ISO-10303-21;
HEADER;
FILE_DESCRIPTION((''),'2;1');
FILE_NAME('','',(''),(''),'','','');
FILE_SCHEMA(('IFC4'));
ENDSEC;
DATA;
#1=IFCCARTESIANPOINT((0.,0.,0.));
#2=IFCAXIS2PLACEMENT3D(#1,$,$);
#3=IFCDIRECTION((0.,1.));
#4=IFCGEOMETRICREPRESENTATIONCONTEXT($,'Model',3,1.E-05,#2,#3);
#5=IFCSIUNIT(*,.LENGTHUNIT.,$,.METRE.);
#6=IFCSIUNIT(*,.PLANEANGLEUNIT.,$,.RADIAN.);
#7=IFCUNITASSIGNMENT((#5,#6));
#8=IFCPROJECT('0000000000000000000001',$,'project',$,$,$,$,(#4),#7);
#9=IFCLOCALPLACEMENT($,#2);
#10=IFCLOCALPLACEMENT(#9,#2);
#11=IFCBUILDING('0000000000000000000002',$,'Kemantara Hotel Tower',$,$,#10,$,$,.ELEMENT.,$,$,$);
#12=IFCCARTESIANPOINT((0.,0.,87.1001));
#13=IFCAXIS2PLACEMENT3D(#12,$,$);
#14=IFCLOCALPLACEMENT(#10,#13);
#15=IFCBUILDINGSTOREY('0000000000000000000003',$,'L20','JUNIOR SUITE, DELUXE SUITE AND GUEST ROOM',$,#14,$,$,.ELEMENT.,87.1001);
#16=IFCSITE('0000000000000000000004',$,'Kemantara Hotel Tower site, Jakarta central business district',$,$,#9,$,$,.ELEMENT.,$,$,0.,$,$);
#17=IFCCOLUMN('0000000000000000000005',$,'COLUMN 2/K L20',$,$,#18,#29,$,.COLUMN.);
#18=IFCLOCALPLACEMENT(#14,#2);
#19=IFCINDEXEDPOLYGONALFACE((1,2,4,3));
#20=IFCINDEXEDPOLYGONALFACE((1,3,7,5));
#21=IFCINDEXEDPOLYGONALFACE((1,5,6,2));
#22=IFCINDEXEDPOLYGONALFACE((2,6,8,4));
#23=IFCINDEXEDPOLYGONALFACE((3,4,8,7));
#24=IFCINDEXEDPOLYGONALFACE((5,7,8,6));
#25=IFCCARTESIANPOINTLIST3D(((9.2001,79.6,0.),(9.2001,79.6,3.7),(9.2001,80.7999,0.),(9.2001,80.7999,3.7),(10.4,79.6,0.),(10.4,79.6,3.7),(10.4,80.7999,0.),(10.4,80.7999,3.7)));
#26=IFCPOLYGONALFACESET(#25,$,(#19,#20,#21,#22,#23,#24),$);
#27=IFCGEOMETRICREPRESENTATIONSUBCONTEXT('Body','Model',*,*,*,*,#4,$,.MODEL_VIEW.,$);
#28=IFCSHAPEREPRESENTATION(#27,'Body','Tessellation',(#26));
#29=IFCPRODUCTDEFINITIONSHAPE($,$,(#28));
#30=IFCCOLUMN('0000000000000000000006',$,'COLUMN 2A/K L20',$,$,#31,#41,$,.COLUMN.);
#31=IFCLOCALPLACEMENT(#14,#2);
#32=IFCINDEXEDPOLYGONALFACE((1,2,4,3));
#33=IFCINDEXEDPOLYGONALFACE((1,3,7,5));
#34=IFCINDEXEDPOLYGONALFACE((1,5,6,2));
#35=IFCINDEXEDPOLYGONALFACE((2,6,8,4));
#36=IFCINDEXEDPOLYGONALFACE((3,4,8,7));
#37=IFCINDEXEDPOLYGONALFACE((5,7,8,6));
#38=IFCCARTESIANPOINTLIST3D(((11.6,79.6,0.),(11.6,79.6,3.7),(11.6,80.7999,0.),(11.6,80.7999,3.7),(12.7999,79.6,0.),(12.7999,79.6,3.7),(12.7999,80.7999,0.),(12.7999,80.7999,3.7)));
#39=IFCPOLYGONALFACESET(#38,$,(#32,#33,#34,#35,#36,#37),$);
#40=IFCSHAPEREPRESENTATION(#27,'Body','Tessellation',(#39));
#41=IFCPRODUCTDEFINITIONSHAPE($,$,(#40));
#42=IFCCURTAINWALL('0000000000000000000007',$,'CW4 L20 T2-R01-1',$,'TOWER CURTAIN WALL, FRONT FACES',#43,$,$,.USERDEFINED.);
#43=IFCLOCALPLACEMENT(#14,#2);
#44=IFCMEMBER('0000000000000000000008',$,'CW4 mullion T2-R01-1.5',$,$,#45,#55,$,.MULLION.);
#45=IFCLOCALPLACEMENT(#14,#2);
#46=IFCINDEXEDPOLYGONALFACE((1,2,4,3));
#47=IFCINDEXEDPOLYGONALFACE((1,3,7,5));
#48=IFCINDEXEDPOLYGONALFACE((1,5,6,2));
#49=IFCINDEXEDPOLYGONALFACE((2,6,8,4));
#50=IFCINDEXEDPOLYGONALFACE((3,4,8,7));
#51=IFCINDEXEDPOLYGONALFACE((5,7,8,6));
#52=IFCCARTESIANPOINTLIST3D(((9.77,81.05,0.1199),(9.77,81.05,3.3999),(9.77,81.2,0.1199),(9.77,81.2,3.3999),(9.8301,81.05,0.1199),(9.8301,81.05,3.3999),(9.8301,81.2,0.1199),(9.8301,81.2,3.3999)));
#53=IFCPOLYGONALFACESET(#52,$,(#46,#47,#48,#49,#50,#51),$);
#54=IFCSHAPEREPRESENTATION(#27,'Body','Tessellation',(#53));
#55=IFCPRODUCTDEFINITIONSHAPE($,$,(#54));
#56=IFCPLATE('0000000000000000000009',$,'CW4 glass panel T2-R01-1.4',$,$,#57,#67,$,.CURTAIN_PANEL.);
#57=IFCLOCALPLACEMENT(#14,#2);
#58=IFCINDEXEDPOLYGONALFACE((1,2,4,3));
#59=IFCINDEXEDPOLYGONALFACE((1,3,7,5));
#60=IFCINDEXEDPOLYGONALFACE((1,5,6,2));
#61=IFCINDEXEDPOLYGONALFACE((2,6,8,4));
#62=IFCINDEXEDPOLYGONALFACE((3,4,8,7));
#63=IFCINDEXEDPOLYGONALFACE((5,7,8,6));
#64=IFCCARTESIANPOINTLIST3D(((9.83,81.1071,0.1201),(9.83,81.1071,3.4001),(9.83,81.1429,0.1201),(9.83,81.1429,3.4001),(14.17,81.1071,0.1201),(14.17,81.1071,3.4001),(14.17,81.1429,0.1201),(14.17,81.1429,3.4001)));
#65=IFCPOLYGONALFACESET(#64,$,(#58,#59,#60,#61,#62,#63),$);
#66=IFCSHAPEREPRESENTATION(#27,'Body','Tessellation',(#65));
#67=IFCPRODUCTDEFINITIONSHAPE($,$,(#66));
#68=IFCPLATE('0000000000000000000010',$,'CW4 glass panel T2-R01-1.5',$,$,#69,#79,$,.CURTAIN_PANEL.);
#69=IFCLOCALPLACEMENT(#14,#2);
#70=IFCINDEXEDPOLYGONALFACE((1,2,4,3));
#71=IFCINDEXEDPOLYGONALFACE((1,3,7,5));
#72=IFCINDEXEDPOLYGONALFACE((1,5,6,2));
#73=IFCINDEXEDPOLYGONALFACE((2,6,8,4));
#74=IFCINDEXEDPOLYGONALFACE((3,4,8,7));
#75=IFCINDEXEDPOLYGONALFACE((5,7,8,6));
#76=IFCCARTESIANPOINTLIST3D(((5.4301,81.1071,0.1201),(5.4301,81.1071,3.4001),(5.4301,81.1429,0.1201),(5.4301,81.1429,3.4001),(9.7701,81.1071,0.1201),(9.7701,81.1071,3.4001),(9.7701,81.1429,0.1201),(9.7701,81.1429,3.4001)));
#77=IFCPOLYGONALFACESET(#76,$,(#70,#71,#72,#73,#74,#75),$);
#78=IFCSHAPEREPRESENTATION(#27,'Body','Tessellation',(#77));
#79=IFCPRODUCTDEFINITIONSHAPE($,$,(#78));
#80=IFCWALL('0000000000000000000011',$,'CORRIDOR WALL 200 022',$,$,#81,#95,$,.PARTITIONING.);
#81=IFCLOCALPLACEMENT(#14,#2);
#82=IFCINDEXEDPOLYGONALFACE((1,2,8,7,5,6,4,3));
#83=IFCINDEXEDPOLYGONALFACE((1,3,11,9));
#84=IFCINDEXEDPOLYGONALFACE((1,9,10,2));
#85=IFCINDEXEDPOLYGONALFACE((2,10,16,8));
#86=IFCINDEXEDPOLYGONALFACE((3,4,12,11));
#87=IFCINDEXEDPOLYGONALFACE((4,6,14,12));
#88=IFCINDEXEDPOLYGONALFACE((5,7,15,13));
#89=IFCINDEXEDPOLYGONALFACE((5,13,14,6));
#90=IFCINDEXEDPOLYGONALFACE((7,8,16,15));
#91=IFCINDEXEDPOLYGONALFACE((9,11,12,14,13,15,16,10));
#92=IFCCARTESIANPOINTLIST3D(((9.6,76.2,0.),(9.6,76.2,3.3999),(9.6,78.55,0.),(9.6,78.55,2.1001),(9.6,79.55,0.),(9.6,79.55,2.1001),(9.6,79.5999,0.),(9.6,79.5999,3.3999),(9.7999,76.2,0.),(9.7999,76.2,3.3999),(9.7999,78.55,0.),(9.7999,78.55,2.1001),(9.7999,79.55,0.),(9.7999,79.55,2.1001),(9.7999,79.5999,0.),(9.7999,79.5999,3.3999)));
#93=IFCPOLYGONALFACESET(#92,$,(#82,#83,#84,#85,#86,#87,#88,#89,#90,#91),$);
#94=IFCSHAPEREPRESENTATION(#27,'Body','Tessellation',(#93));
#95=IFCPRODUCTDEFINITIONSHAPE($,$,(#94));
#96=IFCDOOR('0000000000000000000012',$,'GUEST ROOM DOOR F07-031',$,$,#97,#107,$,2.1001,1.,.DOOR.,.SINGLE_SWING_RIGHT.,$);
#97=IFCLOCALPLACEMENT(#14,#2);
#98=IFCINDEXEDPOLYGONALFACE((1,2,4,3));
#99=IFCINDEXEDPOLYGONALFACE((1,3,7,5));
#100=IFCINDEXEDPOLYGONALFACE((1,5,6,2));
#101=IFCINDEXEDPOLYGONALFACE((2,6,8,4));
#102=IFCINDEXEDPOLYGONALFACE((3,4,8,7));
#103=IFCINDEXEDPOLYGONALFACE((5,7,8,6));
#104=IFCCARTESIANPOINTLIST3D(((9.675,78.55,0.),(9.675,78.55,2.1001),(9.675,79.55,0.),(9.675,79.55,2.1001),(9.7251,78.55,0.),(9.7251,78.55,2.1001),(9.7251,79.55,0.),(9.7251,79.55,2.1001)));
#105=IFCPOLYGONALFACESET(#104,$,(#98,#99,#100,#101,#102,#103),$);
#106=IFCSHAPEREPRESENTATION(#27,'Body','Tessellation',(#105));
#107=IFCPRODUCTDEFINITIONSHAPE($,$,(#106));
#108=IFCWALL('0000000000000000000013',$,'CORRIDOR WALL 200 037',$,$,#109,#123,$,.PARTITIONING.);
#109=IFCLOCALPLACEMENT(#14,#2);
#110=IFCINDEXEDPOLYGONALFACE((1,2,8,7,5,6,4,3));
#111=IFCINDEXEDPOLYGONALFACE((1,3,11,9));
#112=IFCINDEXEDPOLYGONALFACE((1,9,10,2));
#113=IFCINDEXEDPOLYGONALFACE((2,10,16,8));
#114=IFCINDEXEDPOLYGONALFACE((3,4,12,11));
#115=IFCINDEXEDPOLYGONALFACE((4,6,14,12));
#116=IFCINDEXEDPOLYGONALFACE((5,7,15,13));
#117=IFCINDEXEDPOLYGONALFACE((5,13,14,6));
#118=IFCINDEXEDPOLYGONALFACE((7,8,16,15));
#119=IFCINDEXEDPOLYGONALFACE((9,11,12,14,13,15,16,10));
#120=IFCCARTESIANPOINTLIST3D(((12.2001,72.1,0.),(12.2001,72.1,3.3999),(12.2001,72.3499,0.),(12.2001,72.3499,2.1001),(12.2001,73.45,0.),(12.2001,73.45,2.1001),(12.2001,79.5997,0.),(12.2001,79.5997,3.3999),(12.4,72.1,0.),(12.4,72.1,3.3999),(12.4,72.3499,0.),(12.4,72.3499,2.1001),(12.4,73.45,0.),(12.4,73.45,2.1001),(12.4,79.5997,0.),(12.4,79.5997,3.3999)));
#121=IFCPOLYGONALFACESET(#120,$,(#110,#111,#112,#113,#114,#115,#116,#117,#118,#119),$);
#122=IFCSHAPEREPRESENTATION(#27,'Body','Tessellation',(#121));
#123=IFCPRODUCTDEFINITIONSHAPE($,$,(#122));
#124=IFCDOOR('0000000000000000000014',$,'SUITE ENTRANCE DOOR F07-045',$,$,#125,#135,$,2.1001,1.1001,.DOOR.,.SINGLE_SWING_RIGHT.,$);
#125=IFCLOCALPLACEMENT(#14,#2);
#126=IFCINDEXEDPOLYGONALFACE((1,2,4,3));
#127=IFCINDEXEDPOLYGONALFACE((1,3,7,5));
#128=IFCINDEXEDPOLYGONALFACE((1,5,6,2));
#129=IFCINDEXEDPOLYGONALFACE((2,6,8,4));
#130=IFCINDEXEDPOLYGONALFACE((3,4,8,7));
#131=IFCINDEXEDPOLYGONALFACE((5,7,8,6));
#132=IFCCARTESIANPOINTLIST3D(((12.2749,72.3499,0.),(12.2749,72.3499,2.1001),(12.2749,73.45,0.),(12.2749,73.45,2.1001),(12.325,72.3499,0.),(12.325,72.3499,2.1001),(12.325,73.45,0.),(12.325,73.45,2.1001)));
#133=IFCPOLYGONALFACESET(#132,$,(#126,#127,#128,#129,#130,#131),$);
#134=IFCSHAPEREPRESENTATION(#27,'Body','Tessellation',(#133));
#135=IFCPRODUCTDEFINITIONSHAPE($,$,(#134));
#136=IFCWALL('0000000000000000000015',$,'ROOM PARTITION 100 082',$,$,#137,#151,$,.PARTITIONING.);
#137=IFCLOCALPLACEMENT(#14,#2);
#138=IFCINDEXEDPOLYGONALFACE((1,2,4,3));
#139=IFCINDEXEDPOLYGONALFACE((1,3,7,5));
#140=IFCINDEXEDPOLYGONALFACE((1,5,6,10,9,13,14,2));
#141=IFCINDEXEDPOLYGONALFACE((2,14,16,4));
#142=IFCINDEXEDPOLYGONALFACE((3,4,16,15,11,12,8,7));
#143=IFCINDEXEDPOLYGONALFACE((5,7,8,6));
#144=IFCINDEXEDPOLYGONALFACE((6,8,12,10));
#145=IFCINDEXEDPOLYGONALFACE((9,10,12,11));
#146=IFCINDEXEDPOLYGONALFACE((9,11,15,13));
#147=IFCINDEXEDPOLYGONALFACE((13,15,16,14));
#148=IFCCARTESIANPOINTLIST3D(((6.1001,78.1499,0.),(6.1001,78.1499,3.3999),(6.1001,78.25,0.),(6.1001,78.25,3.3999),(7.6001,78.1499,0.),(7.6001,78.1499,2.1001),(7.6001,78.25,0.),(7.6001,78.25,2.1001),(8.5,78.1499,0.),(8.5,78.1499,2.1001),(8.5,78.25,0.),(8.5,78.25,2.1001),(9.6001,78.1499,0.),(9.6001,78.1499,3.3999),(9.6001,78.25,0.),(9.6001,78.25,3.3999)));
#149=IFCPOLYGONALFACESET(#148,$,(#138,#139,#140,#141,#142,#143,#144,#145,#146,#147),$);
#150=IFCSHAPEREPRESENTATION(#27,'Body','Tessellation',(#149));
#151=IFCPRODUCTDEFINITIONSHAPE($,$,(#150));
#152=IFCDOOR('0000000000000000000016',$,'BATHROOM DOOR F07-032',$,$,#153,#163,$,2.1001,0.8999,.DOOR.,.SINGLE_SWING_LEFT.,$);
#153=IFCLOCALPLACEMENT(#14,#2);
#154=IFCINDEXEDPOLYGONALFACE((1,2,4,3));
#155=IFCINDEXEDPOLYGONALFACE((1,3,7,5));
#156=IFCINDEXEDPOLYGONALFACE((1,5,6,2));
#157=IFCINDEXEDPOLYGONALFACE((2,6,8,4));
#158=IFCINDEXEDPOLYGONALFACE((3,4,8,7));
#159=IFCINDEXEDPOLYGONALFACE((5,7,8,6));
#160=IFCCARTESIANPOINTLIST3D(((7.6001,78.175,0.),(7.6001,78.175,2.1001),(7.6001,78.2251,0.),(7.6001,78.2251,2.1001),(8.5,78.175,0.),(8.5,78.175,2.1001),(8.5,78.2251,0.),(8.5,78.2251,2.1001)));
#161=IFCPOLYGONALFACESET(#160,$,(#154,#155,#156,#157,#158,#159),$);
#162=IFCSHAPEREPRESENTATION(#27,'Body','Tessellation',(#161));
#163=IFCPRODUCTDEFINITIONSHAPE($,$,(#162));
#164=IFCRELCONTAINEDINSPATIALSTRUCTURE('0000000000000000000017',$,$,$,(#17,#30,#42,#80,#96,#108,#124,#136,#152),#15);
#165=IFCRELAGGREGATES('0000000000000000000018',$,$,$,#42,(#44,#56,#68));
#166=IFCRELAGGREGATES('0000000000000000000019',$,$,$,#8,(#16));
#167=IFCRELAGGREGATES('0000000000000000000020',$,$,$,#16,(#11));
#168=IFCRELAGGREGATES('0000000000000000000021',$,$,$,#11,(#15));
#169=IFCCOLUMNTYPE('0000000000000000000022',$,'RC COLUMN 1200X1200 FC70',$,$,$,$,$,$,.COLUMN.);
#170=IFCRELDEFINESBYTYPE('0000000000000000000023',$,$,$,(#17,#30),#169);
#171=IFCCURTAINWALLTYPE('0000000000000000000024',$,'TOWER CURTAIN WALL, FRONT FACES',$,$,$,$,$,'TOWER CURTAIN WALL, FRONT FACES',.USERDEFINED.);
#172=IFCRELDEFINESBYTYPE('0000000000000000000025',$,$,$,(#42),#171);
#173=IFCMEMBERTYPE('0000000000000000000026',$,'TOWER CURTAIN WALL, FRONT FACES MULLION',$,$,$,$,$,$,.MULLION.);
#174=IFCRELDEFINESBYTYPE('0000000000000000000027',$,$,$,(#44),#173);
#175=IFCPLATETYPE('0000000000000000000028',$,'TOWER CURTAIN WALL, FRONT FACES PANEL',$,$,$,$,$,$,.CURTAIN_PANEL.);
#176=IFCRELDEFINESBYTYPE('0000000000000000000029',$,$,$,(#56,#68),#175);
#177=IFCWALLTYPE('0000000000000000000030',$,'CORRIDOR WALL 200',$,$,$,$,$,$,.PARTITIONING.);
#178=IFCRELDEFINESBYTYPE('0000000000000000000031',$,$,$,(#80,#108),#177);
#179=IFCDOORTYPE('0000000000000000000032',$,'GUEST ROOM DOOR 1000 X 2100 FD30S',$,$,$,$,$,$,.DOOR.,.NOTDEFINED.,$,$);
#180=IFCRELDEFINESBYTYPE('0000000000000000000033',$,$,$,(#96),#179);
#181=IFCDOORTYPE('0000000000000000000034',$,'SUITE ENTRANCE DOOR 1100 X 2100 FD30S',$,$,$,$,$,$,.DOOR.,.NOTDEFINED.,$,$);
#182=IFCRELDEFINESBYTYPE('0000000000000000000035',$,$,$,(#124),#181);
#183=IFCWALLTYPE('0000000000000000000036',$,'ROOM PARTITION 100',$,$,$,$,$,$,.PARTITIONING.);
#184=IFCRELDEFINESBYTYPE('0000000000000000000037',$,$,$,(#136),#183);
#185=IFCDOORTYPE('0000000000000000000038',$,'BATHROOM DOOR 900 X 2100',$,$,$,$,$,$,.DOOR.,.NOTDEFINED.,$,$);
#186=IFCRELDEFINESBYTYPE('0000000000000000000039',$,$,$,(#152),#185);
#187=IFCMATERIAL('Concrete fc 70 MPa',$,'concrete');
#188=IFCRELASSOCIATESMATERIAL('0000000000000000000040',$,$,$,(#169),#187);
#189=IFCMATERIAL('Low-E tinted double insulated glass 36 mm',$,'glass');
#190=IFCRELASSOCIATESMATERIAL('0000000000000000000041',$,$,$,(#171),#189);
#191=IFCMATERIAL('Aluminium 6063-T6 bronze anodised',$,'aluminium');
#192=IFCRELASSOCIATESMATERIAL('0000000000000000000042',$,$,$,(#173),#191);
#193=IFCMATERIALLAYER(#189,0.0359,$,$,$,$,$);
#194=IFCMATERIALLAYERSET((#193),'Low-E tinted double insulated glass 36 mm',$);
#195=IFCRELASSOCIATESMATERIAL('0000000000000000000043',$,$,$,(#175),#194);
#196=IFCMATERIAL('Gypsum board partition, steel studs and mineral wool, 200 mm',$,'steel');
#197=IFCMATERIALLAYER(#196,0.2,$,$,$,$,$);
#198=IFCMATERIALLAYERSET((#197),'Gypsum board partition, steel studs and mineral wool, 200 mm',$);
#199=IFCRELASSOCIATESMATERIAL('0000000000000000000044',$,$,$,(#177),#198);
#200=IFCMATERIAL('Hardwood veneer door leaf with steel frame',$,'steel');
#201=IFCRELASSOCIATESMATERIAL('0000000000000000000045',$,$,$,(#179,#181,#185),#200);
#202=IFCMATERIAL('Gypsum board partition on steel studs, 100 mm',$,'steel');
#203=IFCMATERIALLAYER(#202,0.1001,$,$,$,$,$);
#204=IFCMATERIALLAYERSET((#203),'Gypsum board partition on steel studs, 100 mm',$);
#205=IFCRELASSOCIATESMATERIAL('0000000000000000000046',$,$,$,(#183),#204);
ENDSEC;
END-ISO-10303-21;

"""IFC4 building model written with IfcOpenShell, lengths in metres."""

from ifc_helpers import new_model, si_unit, direction, frame, frame_2d, origin, origin_2d, place, context, subcontext, project, spatial, rectangle, extrude, source, transform, mapped, material, layer, layer_set, material_profile, profile_set, type_object, element, fill, aggregate, save


model = new_model("IFC4")

# Units and contexts
model_context = context("Model", 3, precision=1e-05, world=origin(), true_north=direction((0.0, 1.0)))
body_context = subcontext(model_context, "Body", "Model", "MODEL_VIEW")
ifc_project = project(units=[si_unit("LENGTHUNIT", "METRE"), si_unit("PLANEANGLEUNIT", "RADIAN")], contexts=[model_context])

# Site, building, storey
site_placement = place(None, origin())
site = spatial("IfcSite", under=ifc_project, at=site_placement, Name="Kemantara Hotel Tower site, Jakarta central business district", CompositionType="ELEMENT", RefElevation=0.0)
building_placement = place(site_placement, origin())
building = spatial("IfcBuilding", under=site, at=building_placement, Name="Kemantara Hotel Tower", CompositionType="ELEMENT")
storey_placement = place(building_placement, frame((0.0, 0.0, 87.1001)))
storey = spatial("IfcBuildingStorey", under=building, at=storey_placement, Name="L20", Description="JUNIOR SUITE, DELUXE SUITE AND GUEST ROOM", CompositionType="ELEMENT", Elevation=87.1001)

# Columns
ifc_material_1 = material(Name="Concrete fc 70 MPa", Category="concrete")
ifc_material_profile_1 = material_profile(ifc_material_1, rectangle(XDim=1.2, YDim=1.2, at=origin_2d()), Name="RC 1200X1200")
ifc_profile_set_1 = profile_set([ifc_material_profile_1], Name="Concrete fc 70 MPa")
column_type = type_object("IfcColumnType", Name="RC COLUMN 1200X1200 FC70", PredefinedType="COLUMN", material=ifc_profile_set_1)
for number, where, z_axis, x_axis, name in (
    (1, (9.8, 80.2, 0.0), (0.0, 0.0, 1.0), (1.0, 0.0, 0.0), "COLUMN 2/K L20"),
    (2, (12.2, 80.2, 0.0), (0.0, 0.0, 1.0), (1.0, 0.0, 0.0), "COLUMN 2A/K L20"),
):
    element("IfcColumn", number, at=place(storey_placement, frame(where, z_axis=z_axis, x_axis=x_axis)), inside=storey, type_object=column_type, Name=name, PredefinedType="COLUMN", context=body_context, shape_type="SweptSolid", body=[
        extrude(rectangle(XDim=1.2, YDim=1.2, at=origin_2d()), origin(), (0.0, 0.0, 1.0), 3.7),
    ])

# Curtain wall, member, plates
ifc_material_2 = material(Name="Low-E tinted double insulated glass 36 mm", Category="glass")
curtain_wall_type = type_object("IfcCurtainWallType", Name="TOWER CURTAIN WALL, FRONT FACES", ElementType="TOWER CURTAIN WALL, FRONT FACES", PredefinedType="USERDEFINED", material=ifc_material_2)
curtain_wall_placement = place(storey_placement, origin())
curtain_wall = element("IfcCurtainWall", 3, at=curtain_wall_placement, inside=storey, type_object=curtain_wall_type, Name="CW4 L20 T2-R01-1", ObjectType="TOWER CURTAIN WALL, FRONT FACES", PredefinedType="USERDEFINED")
ifc_material_3 = material(Name="Aluminium 6063-T6 bronze anodised", Category="aluminium")
ifc_material_profile_2 = material_profile(ifc_material_3, rectangle(XDim=0.1499, YDim=0.0601, at=origin_2d()), Name="TOWER CURTAIN WALL, FRONT FACES MULLION")
ifc_profile_set_2 = profile_set([ifc_material_profile_2], Name="Aluminium 6063-T6 bronze anodised")
member_type = type_object("IfcMemberType", Name="TOWER CURTAIN WALL, FRONT FACES MULLION", PredefinedType="MULLION", material=ifc_profile_set_2)
shared_shape_1 = source(origin(), body_context, "Body", "SweptSolid", [
    extrude(rectangle(XDim=0.1499, YDim=0.0601, at=origin_2d()), origin(), (0.0, 0.0, 1.0), 3.28),
])
member_placement = place(storey_placement, frame((9.8, 81.125, 0.1199), z_axis=(0.0, 0.0, 1.0), x_axis=(0.0, -1.0, 0.0)))
member = element("IfcMember", 4, at=member_placement, type_object=member_type, Name="CW4 mullion T2-R01-1.5", PredefinedType="MULLION", context=body_context, shape_type="MappedRepresentation", body=[
    mapped(shared_shape_1, transform((0.0, 0.0, 0.0))),
])
ifc_layer_1 = layer(ifc_material_2, 0.0359)
ifc_layer_set_1 = layer_set([ifc_layer_1], Name="Low-E tinted double insulated glass 36 mm")
plate_type = type_object("IfcPlateType", Name="TOWER CURTAIN WALL, FRONT FACES PANEL", PredefinedType="CURTAIN_PANEL", material=ifc_layer_set_1)
shared_shape_2 = source(origin(), body_context, "Body", "SweptSolid", [
    extrude(rectangle(XDim=4.3401, YDim=0.0359, at=origin_2d()), origin(), (0.0, 0.0, 1.0), 3.28),
])
plate_1_placement = place(storey_placement, frame((12.0, 81.125, 0.1201), z_axis=(0.0, 0.0, 1.0), x_axis=(-1.0, 0.0, 0.0)))
plate_1 = element("IfcPlate", 5, at=plate_1_placement, type_object=plate_type, Name="CW4 glass panel T2-R01-1.4", PredefinedType="CURTAIN_PANEL", context=body_context, shape_type="MappedRepresentation", body=[
    mapped(shared_shape_2, transform((0.0, 0.0, 0.0))),
])
plate_2_placement = place(storey_placement, frame((7.6001, 81.125, 0.1201), z_axis=(0.0, 0.0, 1.0), x_axis=(-1.0, 0.0, 0.0)))
plate_2 = element("IfcPlate", 6, at=plate_2_placement, type_object=plate_type, Name="CW4 glass panel T2-R01-1.5", PredefinedType="CURTAIN_PANEL", context=body_context, shape_type="MappedRepresentation", body=[
    mapped(shared_shape_2, transform((0.0, 0.0, 0.0))),
])
aggregate(curtain_wall, [member, plate_1, plate_2])

# Walls, openings, doors
ifc_material_4 = material(Name="Gypsum board partition, steel studs and mineral wool, 200 mm", Category="steel")
ifc_layer_2 = layer(ifc_material_4, 0.2)
ifc_layer_set_2 = layer_set([ifc_layer_2], Name="Gypsum board partition, steel studs and mineral wool, 200 mm")
wall_type_1 = type_object("IfcWallType", Name="CORRIDOR WALL 200", PredefinedType="PARTITIONING", material=ifc_layer_set_2)
wall_1_placement = place(storey_placement, frame((9.7, 76.2, 0.0), z_axis=(0.0, 0.0, 1.0), x_axis=(0.0, 1.0, 0.0)))
wall_1 = element("IfcWall", 7, at=wall_1_placement, inside=storey, type_object=wall_type_1, Name="CORRIDOR WALL 200 022", PredefinedType="PARTITIONING", context=body_context, shape_type="SweptSolid", body=[
    extrude(rectangle(XDim=3.3999, YDim=0.2, at=frame_2d((1.7, 0.0))), origin(), (0.0, 0.0, 1.0), 3.3999),
])
opening_1_placement = place(wall_1_placement, frame((2.3501, 0.0, 0.0)))
opening_1 = element("IfcOpeningElement", 8, at=opening_1_placement, cuts=wall_1, PredefinedType="OPENING", context=body_context, shape_type="SweptSolid", body=[
    extrude(rectangle(XDim=1.0, YDim=2.1001, at=frame_2d((0.5, 1.05))), frame((0.0, 0.1099, 0.0), z_axis=(0.0, -1.0, 0.0), x_axis=(1.0, 0.0, 0.0)), (0.0, 0.0, 1.0), 0.22),
])
ifc_material_5 = material(Name="Hardwood veneer door leaf with steel frame", Category="steel")
door_type_1 = type_object("IfcDoorType", Name="GUEST ROOM DOOR 1000 X 2100 FD30S", OperationType="NOTDEFINED", PredefinedType="DOOR", material=ifc_material_5)
door_1_placement = place(opening_1_placement, origin())
door_1 = element("IfcDoor", 9, at=door_1_placement, inside=storey, type_object=door_type_1, Name="GUEST ROOM DOOR F07-031", OperationType="SINGLE_SWING_RIGHT", OverallHeight=2.1001, OverallWidth=1.0, PredefinedType="DOOR", context=body_context, shape_type="SweptSolid", body=[
    extrude(rectangle(XDim=1.0, YDim=2.1001, at=frame_2d((0.5, 1.05))), frame((0.0, 0.0249, 0.0), z_axis=(0.0, -1.0, 0.0), x_axis=(1.0, 0.0, 0.0)), (0.0, 0.0, 1.0), 0.05),
])
fill(opening_1, door_1)
wall_2_placement = place(storey_placement, frame((12.3, 79.5999, 0.0), z_axis=(0.0, 0.0, 1.0), x_axis=(0.0, -1.0, 0.0)))
wall_2 = element("IfcWall", 10, at=wall_2_placement, inside=storey, type_object=wall_type_1, Name="CORRIDOR WALL 200 037", PredefinedType="PARTITIONING", context=body_context, shape_type="SweptSolid", body=[
    extrude(rectangle(XDim=7.4998, YDim=0.2, at=frame_2d((3.75, 0.0))), origin(), (0.0, 0.0, 1.0), 3.3999),
])
opening_2_placement = place(wall_2_placement, frame((6.1499, 0.0, 0.0)))
opening_2 = element("IfcOpeningElement", 11, at=opening_2_placement, cuts=wall_2, PredefinedType="OPENING", context=body_context, shape_type="SweptSolid", body=[
    extrude(rectangle(XDim=1.1001, YDim=2.1001, at=frame_2d((0.55, 1.05))), frame((0.0, 0.1099, 0.0), z_axis=(0.0, -1.0, 0.0), x_axis=(1.0, 0.0, 0.0)), (0.0, 0.0, 1.0), 0.22),
])
door_type_2 = type_object("IfcDoorType", Name="SUITE ENTRANCE DOOR 1100 X 2100 FD30S", OperationType="NOTDEFINED", PredefinedType="DOOR", material=ifc_material_5)
door_2_placement = place(opening_2_placement, origin())
door_2 = element("IfcDoor", 12, at=door_2_placement, inside=storey, type_object=door_type_2, Name="SUITE ENTRANCE DOOR F07-045", OperationType="SINGLE_SWING_RIGHT", OverallHeight=2.1001, OverallWidth=1.1001, PredefinedType="DOOR", context=body_context, shape_type="SweptSolid", body=[
    extrude(rectangle(XDim=1.1001, YDim=2.1001, at=frame_2d((0.55, 1.05))), frame((0.0, 0.0249, 0.0), z_axis=(0.0, -1.0, 0.0), x_axis=(1.0, 0.0, 0.0)), (0.0, 0.0, 1.0), 0.05),
])
fill(opening_2, door_2)
ifc_material_6 = material(Name="Gypsum board partition on steel studs, 100 mm", Category="steel")
ifc_layer_3 = layer(ifc_material_6, 0.1001)
ifc_layer_set_3 = layer_set([ifc_layer_3], Name="Gypsum board partition on steel studs, 100 mm")
wall_type_2 = type_object("IfcWallType", Name="ROOM PARTITION 100", PredefinedType="PARTITIONING", material=ifc_layer_set_3)
wall_3_placement = place(storey_placement, frame((9.6001, 78.2, 0.0), z_axis=(0.0, 0.0, 1.0), x_axis=(-1.0, 0.0, 0.0)))
wall_3 = element("IfcWall", 13, at=wall_3_placement, inside=storey, type_object=wall_type_2, Name="ROOM PARTITION 100 082", PredefinedType="PARTITIONING", context=body_context, shape_type="SweptSolid", body=[
    extrude(rectangle(XDim=3.5, YDim=0.1001, at=frame_2d((1.75, 0.0))), origin(), (0.0, 0.0, 1.0), 3.3999),
])
opening_3_placement = place(wall_3_placement, frame((1.1001, 0.0, 0.0)))
opening_3 = element("IfcOpeningElement", 14, at=opening_3_placement, cuts=wall_3, PredefinedType="OPENING", context=body_context, shape_type="SweptSolid", body=[
    extrude(rectangle(XDim=0.8999, YDim=2.1001, at=frame_2d((0.45, 1.05))), frame((0.0, 0.0601, 0.0), z_axis=(0.0, -1.0, 0.0), x_axis=(1.0, 0.0, 0.0)), (0.0, 0.0, 1.0), 0.1201),
])
door_type_3 = type_object("IfcDoorType", Name="BATHROOM DOOR 900 X 2100", OperationType="NOTDEFINED", PredefinedType="DOOR", material=ifc_material_5)
door_3_placement = place(opening_3_placement, origin())
door_3 = element("IfcDoor", 15, at=door_3_placement, inside=storey, type_object=door_type_3, Name="BATHROOM DOOR F07-032", OperationType="SINGLE_SWING_LEFT", OverallHeight=2.1001, OverallWidth=0.8999, PredefinedType="DOOR", context=body_context, shape_type="SweptSolid", body=[
    extrude(rectangle(XDim=0.8999, YDim=2.1001, at=frame_2d((0.45, 1.05))), frame((0.0, 0.0249, 0.0), z_axis=(0.0, -1.0, 0.0), x_axis=(1.0, 0.0, 0.0)), (0.0, 0.0, 1.0), 0.05),
])
fill(opening_3, door_3)

save(model, "model.ifc")
